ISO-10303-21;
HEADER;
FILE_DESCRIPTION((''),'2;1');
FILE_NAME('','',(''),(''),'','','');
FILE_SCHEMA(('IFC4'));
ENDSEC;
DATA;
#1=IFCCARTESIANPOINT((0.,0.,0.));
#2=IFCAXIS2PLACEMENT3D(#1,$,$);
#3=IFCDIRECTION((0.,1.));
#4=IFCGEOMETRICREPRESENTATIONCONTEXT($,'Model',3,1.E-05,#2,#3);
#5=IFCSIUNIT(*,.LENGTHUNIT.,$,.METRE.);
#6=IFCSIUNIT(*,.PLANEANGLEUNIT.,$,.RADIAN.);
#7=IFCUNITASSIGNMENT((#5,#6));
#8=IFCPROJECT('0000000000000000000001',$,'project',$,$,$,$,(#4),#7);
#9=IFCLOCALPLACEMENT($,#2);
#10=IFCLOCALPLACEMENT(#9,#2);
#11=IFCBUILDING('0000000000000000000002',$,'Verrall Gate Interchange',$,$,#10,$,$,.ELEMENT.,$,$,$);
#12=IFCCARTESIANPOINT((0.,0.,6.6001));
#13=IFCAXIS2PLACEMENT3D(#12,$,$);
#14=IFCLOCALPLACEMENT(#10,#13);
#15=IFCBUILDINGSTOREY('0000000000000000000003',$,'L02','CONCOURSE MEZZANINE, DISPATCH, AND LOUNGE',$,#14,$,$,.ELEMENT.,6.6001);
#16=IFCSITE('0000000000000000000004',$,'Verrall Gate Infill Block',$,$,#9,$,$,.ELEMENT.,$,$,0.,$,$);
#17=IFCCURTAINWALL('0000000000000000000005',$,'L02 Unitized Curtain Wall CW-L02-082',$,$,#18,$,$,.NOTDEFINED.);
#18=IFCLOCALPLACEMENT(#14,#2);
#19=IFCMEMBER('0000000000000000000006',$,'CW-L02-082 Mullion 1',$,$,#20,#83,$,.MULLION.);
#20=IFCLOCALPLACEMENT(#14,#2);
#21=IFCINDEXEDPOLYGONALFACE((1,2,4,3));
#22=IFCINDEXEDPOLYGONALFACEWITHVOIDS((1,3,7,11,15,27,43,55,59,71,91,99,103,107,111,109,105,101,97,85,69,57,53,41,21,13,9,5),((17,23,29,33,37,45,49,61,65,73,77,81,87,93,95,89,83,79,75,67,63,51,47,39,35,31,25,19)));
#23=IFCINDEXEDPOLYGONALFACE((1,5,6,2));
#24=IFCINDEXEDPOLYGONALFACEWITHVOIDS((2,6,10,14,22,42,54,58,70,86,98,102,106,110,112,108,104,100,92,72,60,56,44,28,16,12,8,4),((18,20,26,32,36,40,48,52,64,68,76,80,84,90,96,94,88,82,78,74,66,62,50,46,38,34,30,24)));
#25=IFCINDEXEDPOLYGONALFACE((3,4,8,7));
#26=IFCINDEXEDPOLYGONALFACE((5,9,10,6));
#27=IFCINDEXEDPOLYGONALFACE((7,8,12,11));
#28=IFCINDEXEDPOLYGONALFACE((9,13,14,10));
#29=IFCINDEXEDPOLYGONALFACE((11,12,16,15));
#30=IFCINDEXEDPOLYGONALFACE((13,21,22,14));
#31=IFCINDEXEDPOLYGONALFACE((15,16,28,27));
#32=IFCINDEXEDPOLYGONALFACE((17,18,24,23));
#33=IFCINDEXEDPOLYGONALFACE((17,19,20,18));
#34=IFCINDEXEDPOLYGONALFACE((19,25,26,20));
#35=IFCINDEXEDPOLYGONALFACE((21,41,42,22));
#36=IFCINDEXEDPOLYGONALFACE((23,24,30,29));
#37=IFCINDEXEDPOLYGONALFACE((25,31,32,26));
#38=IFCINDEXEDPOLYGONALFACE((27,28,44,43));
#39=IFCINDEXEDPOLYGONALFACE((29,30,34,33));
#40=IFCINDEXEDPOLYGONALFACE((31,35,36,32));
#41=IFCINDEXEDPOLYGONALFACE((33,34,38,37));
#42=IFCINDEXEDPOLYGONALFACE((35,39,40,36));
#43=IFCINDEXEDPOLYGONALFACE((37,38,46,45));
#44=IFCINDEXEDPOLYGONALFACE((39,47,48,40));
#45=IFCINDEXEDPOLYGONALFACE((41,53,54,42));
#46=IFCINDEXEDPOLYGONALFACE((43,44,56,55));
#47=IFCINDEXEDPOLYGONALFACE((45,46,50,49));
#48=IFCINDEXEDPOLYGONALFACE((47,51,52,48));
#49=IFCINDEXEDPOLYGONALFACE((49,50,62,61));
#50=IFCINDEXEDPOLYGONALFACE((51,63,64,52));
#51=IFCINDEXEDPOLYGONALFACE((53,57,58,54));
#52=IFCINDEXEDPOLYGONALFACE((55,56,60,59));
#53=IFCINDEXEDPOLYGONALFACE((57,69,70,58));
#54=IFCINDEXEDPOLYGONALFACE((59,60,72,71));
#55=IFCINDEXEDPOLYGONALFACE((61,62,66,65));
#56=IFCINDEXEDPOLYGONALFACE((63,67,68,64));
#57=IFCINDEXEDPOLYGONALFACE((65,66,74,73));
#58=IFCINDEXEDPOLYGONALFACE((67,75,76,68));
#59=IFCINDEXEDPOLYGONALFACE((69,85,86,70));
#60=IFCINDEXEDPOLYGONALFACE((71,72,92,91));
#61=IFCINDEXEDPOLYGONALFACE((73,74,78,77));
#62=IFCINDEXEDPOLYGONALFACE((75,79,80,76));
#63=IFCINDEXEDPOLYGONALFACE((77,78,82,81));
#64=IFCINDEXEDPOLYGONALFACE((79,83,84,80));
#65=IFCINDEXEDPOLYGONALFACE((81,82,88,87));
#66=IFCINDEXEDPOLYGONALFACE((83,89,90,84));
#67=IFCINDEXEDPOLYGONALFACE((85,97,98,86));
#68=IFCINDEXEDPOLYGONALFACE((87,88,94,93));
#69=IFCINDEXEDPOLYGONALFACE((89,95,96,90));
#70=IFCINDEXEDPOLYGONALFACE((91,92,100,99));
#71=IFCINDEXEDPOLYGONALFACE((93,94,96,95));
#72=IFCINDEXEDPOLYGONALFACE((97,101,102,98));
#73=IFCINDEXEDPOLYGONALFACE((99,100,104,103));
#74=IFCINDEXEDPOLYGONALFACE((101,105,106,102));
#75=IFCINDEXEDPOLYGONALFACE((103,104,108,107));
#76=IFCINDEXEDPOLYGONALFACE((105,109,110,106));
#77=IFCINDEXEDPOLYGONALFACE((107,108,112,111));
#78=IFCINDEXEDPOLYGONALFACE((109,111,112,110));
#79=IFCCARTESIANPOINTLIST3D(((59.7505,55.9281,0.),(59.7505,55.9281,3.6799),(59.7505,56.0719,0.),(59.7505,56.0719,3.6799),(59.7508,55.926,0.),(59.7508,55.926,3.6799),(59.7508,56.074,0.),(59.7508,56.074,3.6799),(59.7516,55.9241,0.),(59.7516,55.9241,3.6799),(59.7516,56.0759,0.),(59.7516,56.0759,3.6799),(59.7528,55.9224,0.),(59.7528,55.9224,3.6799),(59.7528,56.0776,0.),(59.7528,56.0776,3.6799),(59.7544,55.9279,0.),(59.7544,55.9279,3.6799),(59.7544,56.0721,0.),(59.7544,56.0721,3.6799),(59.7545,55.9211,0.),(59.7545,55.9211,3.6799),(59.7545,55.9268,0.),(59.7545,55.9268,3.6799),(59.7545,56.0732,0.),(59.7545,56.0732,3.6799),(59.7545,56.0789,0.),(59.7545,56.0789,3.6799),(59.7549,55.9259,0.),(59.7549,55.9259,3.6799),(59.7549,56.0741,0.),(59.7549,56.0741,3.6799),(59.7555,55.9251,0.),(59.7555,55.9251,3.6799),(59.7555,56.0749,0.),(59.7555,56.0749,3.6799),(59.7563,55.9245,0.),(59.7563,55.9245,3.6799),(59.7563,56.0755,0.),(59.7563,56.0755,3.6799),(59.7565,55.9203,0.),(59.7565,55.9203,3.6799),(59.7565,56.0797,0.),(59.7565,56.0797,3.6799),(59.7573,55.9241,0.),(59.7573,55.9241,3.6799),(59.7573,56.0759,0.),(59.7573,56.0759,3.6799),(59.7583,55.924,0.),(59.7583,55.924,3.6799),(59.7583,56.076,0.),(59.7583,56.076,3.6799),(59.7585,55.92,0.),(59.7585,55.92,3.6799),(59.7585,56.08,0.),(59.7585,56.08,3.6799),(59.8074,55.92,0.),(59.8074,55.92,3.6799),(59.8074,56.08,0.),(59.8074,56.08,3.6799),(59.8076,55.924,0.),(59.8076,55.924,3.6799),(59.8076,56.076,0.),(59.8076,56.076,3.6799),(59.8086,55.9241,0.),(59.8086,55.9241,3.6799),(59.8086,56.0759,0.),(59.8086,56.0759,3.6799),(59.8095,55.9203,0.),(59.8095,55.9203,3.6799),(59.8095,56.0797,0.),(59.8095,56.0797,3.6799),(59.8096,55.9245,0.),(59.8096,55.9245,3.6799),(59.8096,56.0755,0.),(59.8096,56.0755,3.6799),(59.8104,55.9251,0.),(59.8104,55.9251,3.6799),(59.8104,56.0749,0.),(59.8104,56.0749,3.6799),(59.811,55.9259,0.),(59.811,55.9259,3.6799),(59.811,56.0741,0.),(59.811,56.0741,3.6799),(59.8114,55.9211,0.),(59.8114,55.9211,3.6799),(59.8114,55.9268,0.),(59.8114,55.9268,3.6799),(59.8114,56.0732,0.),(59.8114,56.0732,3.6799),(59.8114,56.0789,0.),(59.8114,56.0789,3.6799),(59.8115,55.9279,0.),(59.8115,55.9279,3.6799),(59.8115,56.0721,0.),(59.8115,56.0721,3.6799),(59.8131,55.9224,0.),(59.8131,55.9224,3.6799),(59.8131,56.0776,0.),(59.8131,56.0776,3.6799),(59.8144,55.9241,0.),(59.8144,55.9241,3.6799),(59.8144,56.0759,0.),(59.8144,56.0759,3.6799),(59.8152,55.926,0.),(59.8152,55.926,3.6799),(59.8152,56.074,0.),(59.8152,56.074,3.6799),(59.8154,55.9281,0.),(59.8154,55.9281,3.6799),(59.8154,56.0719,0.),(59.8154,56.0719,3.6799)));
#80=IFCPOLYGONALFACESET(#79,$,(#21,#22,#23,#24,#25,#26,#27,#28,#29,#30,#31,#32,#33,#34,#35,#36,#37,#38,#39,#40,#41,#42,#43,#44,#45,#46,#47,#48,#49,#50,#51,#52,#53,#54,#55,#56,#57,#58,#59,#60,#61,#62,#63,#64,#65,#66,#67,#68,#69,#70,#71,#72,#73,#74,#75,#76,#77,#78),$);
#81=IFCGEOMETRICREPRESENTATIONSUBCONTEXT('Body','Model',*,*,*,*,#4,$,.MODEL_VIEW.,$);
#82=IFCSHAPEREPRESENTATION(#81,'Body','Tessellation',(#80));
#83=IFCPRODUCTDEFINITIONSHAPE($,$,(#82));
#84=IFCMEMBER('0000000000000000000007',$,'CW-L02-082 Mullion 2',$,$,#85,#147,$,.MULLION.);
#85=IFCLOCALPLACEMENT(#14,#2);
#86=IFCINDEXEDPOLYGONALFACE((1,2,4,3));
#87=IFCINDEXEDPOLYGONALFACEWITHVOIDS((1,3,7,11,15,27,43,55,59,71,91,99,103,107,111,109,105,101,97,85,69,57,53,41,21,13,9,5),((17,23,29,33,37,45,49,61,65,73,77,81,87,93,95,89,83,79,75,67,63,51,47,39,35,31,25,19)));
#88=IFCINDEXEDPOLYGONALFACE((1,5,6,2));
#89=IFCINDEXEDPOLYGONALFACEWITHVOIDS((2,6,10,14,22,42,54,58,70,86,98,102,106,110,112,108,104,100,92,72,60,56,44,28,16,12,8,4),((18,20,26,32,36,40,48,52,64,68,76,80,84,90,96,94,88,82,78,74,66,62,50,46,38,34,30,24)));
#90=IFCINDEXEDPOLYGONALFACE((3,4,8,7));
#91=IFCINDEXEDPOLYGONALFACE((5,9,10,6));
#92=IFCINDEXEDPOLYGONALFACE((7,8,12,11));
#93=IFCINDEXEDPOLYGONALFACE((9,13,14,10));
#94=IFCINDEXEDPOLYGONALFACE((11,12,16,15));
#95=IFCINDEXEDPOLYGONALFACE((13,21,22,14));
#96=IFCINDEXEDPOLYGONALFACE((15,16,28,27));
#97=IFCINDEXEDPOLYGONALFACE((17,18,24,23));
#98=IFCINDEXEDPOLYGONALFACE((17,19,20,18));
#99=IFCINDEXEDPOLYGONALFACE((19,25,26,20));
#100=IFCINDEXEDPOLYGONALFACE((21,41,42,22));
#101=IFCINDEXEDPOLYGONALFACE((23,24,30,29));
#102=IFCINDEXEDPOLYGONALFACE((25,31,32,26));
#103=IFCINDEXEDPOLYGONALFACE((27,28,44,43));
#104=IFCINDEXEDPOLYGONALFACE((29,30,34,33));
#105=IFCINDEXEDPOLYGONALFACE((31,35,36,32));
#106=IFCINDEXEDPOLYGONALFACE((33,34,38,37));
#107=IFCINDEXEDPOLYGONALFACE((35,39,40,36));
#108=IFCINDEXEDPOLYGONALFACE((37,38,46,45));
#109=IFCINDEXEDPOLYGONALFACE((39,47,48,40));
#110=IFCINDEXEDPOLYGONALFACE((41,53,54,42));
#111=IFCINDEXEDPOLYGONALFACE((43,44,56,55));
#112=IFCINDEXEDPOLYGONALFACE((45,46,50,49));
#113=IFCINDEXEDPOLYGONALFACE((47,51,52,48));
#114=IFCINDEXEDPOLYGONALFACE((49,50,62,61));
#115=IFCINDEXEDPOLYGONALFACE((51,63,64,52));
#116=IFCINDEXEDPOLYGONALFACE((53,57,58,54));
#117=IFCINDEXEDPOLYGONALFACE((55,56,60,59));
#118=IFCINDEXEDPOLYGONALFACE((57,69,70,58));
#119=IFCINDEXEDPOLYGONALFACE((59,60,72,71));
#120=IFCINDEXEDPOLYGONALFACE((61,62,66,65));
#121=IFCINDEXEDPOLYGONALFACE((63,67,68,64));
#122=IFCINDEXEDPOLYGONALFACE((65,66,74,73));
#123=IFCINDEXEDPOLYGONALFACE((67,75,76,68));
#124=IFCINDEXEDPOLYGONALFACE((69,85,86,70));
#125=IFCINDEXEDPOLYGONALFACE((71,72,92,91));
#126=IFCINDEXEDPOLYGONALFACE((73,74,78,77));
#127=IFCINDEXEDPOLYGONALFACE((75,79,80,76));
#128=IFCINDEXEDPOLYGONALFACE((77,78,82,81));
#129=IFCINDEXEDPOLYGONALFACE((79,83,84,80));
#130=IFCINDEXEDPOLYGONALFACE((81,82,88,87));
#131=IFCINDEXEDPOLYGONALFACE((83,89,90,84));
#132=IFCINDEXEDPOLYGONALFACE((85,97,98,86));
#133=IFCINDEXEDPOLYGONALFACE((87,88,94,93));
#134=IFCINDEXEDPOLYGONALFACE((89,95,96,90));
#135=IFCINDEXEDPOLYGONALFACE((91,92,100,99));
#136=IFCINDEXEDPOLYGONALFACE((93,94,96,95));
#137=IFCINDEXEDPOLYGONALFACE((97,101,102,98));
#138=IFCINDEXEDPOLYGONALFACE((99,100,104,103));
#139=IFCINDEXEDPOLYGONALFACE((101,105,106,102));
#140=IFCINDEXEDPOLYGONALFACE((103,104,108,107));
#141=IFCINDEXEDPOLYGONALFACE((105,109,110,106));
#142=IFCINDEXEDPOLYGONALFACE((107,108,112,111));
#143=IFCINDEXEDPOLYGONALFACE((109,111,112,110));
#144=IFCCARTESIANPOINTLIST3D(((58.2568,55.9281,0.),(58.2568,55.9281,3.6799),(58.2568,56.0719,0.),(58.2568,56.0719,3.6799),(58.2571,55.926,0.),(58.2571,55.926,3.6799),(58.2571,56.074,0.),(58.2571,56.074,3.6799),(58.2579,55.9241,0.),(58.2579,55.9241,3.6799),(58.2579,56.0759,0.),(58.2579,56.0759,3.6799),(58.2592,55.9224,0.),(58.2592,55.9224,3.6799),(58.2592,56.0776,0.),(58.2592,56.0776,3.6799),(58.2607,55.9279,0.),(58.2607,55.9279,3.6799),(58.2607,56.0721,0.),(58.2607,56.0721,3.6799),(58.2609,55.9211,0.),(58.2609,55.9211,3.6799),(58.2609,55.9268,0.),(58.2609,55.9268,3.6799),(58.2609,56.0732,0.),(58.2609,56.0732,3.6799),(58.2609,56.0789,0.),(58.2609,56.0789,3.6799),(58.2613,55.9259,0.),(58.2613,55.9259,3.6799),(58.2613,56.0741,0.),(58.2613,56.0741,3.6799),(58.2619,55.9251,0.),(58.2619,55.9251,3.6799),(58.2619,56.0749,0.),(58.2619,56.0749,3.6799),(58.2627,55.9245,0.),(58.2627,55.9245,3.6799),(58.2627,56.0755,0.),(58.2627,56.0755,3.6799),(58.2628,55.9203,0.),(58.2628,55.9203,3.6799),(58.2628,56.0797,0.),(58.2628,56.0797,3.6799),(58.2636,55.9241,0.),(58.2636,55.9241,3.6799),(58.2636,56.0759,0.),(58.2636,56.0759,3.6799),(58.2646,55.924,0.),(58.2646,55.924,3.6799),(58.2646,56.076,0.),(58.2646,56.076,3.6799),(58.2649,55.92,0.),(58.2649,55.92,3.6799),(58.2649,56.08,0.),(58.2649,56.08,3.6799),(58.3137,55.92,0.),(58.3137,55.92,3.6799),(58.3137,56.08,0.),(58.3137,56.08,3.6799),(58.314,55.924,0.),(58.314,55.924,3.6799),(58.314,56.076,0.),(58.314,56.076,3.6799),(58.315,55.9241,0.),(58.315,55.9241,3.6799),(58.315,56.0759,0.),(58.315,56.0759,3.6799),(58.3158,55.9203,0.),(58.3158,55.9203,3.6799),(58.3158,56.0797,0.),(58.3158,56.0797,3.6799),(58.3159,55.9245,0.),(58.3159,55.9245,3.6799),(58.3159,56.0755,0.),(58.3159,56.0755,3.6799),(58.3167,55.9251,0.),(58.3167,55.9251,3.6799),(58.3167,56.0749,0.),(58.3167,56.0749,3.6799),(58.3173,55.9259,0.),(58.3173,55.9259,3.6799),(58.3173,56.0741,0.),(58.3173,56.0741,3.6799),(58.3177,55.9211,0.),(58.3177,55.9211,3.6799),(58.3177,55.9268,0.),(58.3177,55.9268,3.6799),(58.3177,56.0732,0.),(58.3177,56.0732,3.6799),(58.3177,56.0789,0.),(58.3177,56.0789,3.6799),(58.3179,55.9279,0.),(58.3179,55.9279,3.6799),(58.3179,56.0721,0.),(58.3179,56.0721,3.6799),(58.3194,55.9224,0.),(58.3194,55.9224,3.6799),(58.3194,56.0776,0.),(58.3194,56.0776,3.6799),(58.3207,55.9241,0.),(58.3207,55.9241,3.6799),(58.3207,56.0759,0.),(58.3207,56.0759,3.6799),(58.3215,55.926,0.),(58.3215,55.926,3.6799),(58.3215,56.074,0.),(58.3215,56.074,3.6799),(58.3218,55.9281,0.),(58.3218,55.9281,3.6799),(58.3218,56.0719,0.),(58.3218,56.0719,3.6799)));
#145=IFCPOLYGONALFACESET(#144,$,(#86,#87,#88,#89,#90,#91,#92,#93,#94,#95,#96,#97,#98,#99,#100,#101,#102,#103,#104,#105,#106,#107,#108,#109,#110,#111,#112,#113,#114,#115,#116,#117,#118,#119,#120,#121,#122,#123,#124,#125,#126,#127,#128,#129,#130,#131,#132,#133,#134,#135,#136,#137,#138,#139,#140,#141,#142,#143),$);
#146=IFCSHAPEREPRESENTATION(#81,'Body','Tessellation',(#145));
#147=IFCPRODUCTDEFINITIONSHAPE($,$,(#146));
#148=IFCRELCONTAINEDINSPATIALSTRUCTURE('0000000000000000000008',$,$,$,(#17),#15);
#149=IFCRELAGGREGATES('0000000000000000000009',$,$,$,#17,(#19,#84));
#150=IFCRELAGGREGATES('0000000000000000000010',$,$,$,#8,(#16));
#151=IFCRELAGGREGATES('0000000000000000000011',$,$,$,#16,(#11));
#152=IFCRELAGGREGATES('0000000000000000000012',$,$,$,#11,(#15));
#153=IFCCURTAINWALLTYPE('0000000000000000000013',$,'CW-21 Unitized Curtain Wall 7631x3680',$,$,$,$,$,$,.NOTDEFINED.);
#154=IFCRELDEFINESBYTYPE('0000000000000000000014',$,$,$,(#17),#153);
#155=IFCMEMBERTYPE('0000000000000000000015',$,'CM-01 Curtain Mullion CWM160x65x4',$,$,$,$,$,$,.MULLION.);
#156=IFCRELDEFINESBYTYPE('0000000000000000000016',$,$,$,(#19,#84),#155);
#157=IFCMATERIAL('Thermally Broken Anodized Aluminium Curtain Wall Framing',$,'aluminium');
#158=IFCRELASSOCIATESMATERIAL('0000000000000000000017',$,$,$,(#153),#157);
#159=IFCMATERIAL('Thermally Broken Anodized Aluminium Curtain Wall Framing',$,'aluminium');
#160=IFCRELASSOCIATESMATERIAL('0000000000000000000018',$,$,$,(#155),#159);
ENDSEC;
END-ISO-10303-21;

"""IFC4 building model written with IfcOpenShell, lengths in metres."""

from ifc_helpers import new_model, si_unit, direction, frame, origin, origin_2d, place, context, subcontext, project, spatial, hollow_rectangle, extrude, material, material_profile, profile_set, type_object, element, aggregate, save


model = new_model("IFC4")

# Units and contexts
model_context = context("Model", 3, precision=1e-05, world=origin(), true_north=direction((0.0, 1.0)))
body_context = subcontext(model_context, "Body", "Model", "MODEL_VIEW")
ifc_project = project(units=[si_unit("LENGTHUNIT", "METRE"), si_unit("PLANEANGLEUNIT", "RADIAN")], contexts=[model_context])

# Site, building, storey
site_placement = place(None, origin())
site = spatial("IfcSite", under=ifc_project, at=site_placement, Name="Verrall Gate Infill Block", CompositionType="ELEMENT", RefElevation=0.0)
building_placement = place(site_placement, origin())
building = spatial("IfcBuilding", under=site, at=building_placement, Name="Verrall Gate Interchange", CompositionType="ELEMENT")
storey_placement = place(building_placement, frame((0.0, 0.0, 6.6001)))
storey = spatial("IfcBuildingStorey", under=building, at=storey_placement, Name="L02", Description="CONCOURSE MEZZANINE, DISPATCH, AND LOUNGE", CompositionType="ELEMENT", Elevation=6.6001)

# Curtain wall, members
ifc_material_1 = material(Name="Thermally Broken Anodized Aluminium Curtain Wall Framing", Category="aluminium")
curtain_wall_type = type_object("IfcCurtainWallType", Name="CW-21 Unitized Curtain Wall 7631x3680", PredefinedType="NOTDEFINED", material=ifc_material_1)
curtain_wall_1_placement = place(storey_placement, origin())
curtain_wall_1 = element("IfcCurtainWall", 1, at=curtain_wall_1_placement, inside=storey, type_object=curtain_wall_type, Name="L02 Unitized Curtain Wall CW-L02-082", PredefinedType="NOTDEFINED")
ifc_material_2 = material(Name="Thermally Broken Anodized Aluminium Curtain Wall Framing", Category="aluminium")
ifc_material_profile_1 = material_profile(ifc_material_2, hollow_rectangle(XDim=0.0649, YDim=0.1599, WallThickness=0.0039, InnerFilletRadius=0.0039, OuterFilletRadius=0.0081, at=origin_2d()), Name="CWM160x65x4")
ifc_profile_set_1 = profile_set([ifc_material_profile_1], Name="Thermally Broken Anodized Aluminium Curtain Wall Framing")
member_type_1 = type_object("IfcMemberType", Name="CM-01 Curtain Mullion CWM160x65x4", PredefinedType="MULLION", material=ifc_profile_set_1)
member_1_placement = place(storey_placement, frame((59.783, 56.0, 0.0), z_axis=(0.0, 0.0, 1.0), x_axis=(-1.0, 0.0, 0.0)))
member_1 = element("IfcMember", 2, at=member_1_placement, type_object=member_type_1, Name="CW-L02-082 Mullion 1", PredefinedType="MULLION", context=body_context, shape_type="SweptSolid", body=[
    extrude(hollow_rectangle(XDim=0.0649, YDim=0.1599, WallThickness=0.0039, InnerFilletRadius=0.0039, OuterFilletRadius=0.0081, at=origin_2d()), origin(), (0.0, 0.0, 1.0), 3.6799),
])
member_2_placement = place(storey_placement, frame((58.2893, 56.0, 0.0), z_axis=(0.0, 0.0, 1.0), x_axis=(-1.0, 0.0, 0.0)))
member_2 = element("IfcMember", 3, at=member_2_placement, type_object=member_type_1, Name="CW-L02-082 Mullion 2", PredefinedType="MULLION", context=body_context, shape_type="SweptSolid", body=[
    extrude(hollow_rectangle(XDim=0.0649, YDim=0.1599, WallThickness=0.0039, InnerFilletRadius=0.0039, OuterFilletRadius=0.0081, at=origin_2d()), origin(), (0.0, 0.0, 1.0), 3.6799),
])

aggregate(curtain_wall_1, [member_1, member_2])

save(model, "model.ifc")
